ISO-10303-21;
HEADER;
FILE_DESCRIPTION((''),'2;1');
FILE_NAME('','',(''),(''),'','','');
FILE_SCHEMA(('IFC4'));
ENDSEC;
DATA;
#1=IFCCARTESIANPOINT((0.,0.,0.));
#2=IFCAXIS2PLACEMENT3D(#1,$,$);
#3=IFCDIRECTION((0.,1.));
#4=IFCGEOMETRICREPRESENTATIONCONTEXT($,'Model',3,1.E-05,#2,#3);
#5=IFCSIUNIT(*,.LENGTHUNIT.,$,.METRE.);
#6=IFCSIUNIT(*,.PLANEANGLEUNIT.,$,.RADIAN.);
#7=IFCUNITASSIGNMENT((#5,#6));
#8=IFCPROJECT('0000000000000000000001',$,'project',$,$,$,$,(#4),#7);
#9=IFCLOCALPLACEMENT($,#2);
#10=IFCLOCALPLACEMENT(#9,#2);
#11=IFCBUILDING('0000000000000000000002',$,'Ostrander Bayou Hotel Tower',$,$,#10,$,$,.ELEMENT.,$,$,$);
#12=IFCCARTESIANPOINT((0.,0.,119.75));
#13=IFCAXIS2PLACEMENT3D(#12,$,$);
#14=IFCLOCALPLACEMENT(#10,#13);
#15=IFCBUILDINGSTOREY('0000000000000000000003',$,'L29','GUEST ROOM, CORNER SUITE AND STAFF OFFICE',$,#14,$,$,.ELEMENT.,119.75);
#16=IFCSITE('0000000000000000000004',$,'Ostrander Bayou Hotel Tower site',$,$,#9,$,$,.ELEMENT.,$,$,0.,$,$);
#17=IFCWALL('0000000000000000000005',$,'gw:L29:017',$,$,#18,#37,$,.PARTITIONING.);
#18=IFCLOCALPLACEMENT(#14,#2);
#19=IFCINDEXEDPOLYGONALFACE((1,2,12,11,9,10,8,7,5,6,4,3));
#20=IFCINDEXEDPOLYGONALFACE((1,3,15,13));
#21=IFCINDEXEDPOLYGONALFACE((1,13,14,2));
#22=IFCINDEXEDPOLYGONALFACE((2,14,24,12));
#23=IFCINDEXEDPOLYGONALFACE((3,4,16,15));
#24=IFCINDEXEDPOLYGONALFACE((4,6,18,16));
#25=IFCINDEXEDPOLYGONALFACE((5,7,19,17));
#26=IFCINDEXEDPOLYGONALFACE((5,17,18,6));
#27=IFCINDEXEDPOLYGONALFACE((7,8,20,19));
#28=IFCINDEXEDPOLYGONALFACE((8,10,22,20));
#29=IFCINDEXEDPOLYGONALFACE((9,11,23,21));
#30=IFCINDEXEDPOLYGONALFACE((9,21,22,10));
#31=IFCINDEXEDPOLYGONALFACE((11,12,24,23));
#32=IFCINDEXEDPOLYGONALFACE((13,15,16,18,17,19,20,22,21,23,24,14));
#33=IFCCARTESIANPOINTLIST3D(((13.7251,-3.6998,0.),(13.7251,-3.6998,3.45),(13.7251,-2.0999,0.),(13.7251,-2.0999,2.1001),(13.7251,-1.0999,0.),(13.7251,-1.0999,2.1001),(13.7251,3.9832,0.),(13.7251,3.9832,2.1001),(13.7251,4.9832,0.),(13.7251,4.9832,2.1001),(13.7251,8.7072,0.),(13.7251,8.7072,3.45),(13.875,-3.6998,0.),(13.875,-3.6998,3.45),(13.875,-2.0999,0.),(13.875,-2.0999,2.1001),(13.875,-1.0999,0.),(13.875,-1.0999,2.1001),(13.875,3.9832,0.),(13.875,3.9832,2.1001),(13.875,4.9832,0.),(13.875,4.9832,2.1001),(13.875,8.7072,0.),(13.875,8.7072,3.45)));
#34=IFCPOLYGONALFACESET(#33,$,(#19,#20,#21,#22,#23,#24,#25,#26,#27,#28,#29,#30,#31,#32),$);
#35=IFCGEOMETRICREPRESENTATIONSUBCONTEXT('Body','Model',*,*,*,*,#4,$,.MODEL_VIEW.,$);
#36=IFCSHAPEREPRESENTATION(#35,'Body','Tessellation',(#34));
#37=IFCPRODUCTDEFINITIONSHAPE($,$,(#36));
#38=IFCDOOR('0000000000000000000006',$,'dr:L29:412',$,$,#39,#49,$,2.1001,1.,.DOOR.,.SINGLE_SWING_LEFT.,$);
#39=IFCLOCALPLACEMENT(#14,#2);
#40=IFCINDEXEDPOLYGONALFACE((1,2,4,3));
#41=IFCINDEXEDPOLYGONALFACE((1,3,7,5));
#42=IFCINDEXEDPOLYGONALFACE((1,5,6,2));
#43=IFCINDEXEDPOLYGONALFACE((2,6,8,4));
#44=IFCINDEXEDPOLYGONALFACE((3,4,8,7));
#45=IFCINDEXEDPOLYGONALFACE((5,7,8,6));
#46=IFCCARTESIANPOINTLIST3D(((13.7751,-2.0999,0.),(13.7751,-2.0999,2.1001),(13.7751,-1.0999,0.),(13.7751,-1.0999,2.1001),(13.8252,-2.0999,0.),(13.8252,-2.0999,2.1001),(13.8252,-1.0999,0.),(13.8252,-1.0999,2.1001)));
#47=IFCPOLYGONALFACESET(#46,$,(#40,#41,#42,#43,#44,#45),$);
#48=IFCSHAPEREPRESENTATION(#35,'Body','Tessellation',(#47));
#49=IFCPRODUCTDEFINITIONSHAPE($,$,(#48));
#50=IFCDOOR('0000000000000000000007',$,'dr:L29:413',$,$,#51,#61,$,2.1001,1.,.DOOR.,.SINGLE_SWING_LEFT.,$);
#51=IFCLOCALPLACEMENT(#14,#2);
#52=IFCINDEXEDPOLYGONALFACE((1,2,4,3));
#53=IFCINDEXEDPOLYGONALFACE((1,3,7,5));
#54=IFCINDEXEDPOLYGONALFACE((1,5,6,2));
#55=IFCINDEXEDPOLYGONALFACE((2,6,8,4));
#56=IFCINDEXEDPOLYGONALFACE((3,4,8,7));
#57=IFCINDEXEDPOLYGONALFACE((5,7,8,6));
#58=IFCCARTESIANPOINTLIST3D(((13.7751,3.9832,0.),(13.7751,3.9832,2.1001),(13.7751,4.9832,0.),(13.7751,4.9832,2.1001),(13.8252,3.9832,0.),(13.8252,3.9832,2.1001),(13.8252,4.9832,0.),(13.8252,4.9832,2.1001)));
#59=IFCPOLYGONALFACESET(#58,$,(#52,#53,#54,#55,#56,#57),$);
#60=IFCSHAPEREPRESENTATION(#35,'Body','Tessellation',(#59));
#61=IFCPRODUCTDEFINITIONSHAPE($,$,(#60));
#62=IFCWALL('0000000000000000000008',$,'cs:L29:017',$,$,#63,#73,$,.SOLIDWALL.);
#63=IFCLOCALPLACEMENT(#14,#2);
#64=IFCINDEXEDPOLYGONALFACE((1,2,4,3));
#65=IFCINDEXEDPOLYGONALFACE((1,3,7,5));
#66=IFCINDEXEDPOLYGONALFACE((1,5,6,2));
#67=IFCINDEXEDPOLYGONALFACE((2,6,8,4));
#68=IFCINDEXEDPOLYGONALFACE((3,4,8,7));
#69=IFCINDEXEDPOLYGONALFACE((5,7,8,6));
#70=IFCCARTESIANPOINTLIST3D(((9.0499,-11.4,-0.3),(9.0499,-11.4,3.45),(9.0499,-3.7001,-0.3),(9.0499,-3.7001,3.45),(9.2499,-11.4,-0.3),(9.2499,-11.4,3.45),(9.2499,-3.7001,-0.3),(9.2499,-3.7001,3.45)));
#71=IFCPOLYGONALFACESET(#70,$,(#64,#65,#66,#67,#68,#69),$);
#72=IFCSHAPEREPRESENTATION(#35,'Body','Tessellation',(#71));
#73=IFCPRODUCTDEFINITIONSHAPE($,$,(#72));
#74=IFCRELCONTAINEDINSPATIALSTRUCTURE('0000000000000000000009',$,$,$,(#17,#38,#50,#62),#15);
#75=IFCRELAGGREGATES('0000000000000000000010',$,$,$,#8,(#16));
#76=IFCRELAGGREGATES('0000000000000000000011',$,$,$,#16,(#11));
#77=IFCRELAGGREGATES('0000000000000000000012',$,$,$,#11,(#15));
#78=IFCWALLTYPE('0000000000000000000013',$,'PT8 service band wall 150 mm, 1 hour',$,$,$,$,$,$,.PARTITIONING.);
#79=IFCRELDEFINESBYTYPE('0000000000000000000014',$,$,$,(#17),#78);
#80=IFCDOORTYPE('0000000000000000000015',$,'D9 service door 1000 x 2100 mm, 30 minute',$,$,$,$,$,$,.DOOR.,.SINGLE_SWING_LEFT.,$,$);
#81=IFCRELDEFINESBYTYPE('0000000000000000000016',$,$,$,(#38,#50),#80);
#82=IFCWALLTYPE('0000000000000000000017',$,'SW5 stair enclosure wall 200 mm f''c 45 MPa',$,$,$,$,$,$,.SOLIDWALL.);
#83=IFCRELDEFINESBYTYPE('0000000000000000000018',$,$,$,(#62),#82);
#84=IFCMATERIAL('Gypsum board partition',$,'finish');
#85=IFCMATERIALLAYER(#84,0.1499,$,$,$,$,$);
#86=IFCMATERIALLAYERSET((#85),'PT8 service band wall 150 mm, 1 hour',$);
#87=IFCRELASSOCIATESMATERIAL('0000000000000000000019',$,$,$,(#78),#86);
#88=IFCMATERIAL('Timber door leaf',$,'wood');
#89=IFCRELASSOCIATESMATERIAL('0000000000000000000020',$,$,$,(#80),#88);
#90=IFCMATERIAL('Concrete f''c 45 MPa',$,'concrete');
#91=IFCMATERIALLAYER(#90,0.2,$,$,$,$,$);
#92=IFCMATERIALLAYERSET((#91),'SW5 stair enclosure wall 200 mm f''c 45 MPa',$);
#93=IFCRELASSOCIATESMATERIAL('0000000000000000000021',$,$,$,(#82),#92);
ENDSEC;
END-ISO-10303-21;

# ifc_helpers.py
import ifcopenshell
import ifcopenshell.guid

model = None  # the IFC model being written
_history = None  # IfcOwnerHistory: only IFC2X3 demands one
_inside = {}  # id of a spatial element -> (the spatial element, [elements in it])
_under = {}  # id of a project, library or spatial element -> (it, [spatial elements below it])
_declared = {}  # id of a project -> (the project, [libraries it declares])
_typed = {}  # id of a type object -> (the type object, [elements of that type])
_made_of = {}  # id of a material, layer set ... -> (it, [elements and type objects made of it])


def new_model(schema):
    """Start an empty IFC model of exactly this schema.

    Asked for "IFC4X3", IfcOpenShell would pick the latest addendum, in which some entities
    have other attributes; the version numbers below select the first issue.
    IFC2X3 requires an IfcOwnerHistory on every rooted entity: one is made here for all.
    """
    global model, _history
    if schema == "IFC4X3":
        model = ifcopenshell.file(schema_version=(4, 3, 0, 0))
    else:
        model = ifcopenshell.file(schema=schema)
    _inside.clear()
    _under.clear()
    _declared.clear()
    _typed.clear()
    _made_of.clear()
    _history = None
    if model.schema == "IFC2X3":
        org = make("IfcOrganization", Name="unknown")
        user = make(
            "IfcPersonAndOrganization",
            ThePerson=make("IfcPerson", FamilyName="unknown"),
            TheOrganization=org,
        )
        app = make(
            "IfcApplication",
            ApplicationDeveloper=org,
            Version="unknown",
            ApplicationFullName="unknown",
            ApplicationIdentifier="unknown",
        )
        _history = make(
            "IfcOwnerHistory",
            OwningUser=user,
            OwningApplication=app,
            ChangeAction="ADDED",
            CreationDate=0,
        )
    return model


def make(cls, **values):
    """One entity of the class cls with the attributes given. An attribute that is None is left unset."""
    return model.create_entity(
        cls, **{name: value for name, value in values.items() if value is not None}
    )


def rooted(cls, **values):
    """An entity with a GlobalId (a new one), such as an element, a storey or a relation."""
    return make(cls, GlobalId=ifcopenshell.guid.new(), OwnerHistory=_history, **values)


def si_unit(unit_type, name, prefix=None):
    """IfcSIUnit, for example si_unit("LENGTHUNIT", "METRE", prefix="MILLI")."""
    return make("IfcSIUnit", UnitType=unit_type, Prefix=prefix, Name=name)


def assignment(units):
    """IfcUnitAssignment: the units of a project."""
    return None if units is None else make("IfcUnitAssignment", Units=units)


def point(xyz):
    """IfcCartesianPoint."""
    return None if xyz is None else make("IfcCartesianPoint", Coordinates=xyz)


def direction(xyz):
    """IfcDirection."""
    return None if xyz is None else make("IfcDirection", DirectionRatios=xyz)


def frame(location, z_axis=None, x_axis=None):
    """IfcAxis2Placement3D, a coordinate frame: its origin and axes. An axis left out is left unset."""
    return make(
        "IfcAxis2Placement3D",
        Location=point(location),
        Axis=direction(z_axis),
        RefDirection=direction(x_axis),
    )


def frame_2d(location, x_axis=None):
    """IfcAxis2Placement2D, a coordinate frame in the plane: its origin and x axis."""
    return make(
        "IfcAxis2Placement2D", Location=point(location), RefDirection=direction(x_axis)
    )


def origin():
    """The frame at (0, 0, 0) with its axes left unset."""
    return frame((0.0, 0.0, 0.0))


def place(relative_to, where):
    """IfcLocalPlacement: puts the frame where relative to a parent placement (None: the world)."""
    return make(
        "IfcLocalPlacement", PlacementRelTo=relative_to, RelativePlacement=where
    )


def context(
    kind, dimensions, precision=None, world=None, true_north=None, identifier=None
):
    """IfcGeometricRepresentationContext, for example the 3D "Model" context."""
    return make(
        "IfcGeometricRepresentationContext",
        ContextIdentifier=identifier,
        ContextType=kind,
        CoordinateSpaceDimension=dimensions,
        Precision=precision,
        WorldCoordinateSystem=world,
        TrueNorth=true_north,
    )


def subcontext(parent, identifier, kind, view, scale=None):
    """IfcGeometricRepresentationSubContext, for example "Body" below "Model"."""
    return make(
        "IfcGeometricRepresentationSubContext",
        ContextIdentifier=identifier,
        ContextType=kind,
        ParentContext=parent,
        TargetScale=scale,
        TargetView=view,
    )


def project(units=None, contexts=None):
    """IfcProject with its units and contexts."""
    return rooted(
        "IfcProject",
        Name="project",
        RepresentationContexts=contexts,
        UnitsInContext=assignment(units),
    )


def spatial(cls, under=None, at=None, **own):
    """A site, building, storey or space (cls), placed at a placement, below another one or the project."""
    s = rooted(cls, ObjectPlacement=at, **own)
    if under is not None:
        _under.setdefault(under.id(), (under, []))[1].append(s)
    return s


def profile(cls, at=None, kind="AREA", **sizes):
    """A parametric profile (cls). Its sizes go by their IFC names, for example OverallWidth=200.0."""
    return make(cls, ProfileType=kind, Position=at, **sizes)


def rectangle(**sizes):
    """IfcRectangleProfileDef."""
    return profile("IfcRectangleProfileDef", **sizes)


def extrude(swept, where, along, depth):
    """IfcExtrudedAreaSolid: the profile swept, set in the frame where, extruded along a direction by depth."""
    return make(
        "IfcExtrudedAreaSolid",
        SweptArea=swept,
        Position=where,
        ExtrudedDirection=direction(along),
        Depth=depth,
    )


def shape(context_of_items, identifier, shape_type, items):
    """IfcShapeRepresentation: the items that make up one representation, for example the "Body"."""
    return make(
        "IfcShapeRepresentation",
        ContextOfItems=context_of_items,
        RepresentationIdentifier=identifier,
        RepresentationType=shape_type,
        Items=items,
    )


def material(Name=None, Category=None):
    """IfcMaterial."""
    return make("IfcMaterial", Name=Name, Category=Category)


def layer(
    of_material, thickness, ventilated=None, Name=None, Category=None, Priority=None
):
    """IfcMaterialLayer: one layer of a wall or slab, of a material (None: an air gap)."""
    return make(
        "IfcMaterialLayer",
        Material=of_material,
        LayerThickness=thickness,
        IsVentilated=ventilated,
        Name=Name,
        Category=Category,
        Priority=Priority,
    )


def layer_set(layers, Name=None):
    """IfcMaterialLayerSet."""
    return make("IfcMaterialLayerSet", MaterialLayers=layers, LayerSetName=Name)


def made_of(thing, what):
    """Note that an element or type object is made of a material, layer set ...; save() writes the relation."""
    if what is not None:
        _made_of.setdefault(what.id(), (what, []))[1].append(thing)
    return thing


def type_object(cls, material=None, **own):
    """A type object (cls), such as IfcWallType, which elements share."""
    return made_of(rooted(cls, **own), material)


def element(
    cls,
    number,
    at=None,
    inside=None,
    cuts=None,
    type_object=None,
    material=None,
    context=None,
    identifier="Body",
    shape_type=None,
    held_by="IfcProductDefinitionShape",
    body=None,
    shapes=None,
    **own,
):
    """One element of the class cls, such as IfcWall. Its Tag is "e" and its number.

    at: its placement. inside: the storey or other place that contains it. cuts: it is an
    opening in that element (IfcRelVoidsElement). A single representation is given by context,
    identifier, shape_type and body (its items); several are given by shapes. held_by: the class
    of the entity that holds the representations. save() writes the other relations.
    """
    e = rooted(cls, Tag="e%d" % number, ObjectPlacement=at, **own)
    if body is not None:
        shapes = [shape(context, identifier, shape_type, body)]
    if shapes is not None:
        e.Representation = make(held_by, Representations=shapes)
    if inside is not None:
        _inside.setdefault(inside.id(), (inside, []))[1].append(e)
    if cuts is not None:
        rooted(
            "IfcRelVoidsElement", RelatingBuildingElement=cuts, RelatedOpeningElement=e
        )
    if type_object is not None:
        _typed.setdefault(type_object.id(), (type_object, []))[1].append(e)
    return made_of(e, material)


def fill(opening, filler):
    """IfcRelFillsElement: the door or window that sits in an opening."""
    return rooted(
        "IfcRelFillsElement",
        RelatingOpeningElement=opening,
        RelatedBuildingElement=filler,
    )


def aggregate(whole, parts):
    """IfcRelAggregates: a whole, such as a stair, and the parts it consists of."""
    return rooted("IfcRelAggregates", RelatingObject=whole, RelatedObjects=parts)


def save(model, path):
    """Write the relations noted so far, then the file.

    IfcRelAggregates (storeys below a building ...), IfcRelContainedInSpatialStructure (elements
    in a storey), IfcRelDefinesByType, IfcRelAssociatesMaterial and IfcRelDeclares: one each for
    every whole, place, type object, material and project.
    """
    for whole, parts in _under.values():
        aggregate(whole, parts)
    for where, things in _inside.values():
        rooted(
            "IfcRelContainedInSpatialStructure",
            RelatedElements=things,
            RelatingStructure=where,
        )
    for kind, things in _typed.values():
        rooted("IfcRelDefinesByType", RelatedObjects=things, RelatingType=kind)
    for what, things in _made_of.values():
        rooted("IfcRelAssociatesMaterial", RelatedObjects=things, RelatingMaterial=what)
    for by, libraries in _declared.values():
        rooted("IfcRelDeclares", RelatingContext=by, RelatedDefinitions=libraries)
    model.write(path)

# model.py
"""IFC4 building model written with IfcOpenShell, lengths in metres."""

from ifc_helpers import new_model, si_unit, direction, frame, frame_2d, origin, place, context, subcontext, project, spatial, rectangle, extrude, material, layer, layer_set, type_object, element, fill, save


model = new_model("IFC4")

# Units and contexts
model_context = context("Model", 3, precision=1e-05, world=origin(), true_north=direction((0.0, 1.0)))
body_context = subcontext(model_context, "Body", "Model", "MODEL_VIEW")
ifc_project = project(units=[si_unit("LENGTHUNIT", "METRE"), si_unit("PLANEANGLEUNIT", "RADIAN")], contexts=[model_context])

# Site, building, storey
site_placement = place(None, origin())
site = spatial("IfcSite", under=ifc_project, at=site_placement, Name="Ostrander Bayou Hotel Tower site", CompositionType="ELEMENT", RefElevation=0.0)
building_placement = place(site_placement, origin())
building = spatial("IfcBuilding", under=site, at=building_placement, Name="Ostrander Bayou Hotel Tower", CompositionType="ELEMENT")
storey_placement = place(building_placement, frame((0.0, 0.0, 119.75)))
storey = spatial("IfcBuildingStorey", under=building, at=storey_placement, Name="L29", Description="GUEST ROOM, CORNER SUITE AND STAFF OFFICE", CompositionType="ELEMENT", Elevation=119.75)

# Shared definitions
ifc_material_1 = material(Name="Gypsum board partition", Category="finish")
ifc_layer_1 = layer(ifc_material_1, 0.1499)
ifc_layer_set_1 = layer_set([ifc_layer_1], Name="PT8 service band wall 150 mm, 1 hour")
wall_type_1 = type_object("IfcWallType", Name="PT8 service band wall 150 mm, 1 hour", PredefinedType="PARTITIONING", material=ifc_layer_set_1)

# Wall, openings, doors
wall_1_placement = place(storey_placement, frame((13.8, -3.7, 0.0), z_axis=(0.0, 0.0, 1.0), x_axis=(0.0, 1.0, 0.0)))
wall_1 = element("IfcWall", 1, at=wall_1_placement, inside=storey, type_object=wall_type_1, Name="gw:L29:017", PredefinedType="PARTITIONING", context=body_context, shape_type="SweptSolid", body=[
    extrude(rectangle(XDim=12.407, YDim=0.1499, at=frame_2d((6.2036, 0.0))), origin(), (0.0, 0.0, 1.0), 3.45),
])
opening_1_placement = place(wall_1_placement, frame((1.6001, 0.0, 0.0)))
opening_1 = element("IfcOpeningElement", 2, at=opening_1_placement, cuts=wall_1, PredefinedType="OPENING", context=body_context, shape_type="SweptSolid", body=[
    extrude(rectangle(XDim=1.0, YDim=2.1001, at=frame_2d((0.5, 1.05))), frame((0.0, 0.075, 0.0), z_axis=(0.0, -1.0, 0.0), x_axis=(1.0, 0.0, 0.0)), (0.0, 0.0, 1.0), 0.1499),
])
opening_2_placement = place(wall_1_placement, frame((7.6831, 0.0, 0.0)))
opening_2 = element("IfcOpeningElement", 3, at=opening_2_placement, cuts=wall_1, PredefinedType="OPENING", context=body_context, shape_type="SweptSolid", body=[
    extrude(rectangle(XDim=1.0, YDim=2.1001, at=frame_2d((0.5, 1.05))), frame((0.0, 0.075, 0.0), z_axis=(0.0, -1.0, 0.0), x_axis=(1.0, 0.0, 0.0)), (0.0, 0.0, 1.0), 0.1499),
])
ifc_material_2 = material(Name="Timber door leaf", Category="wood")
door_type_1 = type_object("IfcDoorType", Name="D9 service door 1000 x 2100 mm, 30 minute", OperationType="SINGLE_SWING_LEFT", PredefinedType="DOOR", material=ifc_material_2)
door_1_placement = place(opening_1_placement, origin())
door_1 = element("IfcDoor", 4, at=door_1_placement, inside=storey, type_object=door_type_1, Name="dr:L29:412", OperationType="SINGLE_SWING_LEFT", OverallHeight=2.1001, OverallWidth=1.0, PredefinedType="DOOR", context=body_context, shape_type="SweptSolid", body=[
    extrude(rectangle(XDim=1.0, YDim=2.1001, at=frame_2d((0.5, 1.05))), frame((0.0, 0.0249, 0.0), z_axis=(0.0, -1.0, 0.0), x_axis=(1.0, 0.0, 0.0)), (0.0, 0.0, 1.0), 0.05),
])
fill(opening_1, door_1)
door_2_placement = place(opening_2_placement, origin())
door_2 = element("IfcDoor", 5, at=door_2_placement, inside=storey, type_object=door_type_1, Name="dr:L29:413", OperationType="SINGLE_SWING_LEFT", OverallHeight=2.1001, OverallWidth=1.0, PredefinedType="DOOR", context=body_context, shape_type="SweptSolid", body=[
    extrude(rectangle(XDim=1.0, YDim=2.1001, at=frame_2d((0.5, 1.05))), frame((0.0, 0.0249, 0.0), z_axis=(0.0, -1.0, 0.0), x_axis=(1.0, 0.0, 0.0)), (0.0, 0.0, 1.0), 0.05),
])
fill(opening_2, door_2)

# Wall
ifc_material_3 = material(Name="Concrete f'c 45 MPa", Category="concrete")
ifc_layer_2 = layer(ifc_material_3, 0.2)
ifc_layer_set_2 = layer_set([ifc_layer_2], Name="SW5 stair enclosure wall 200 mm f'c 45 MPa")
wall_type_2 = type_object("IfcWallType", Name="SW5 stair enclosure wall 200 mm f'c 45 MPa", PredefinedType="SOLIDWALL", material=ifc_layer_set_2)
wall_2_placement = place(storey_placement, frame((9.1499, -3.7, -0.3), z_axis=(0.0, 0.0, 1.0), x_axis=(0.0, -1.0, 0.0)))
element("IfcWall", 6, at=wall_2_placement, inside=storey, type_object=wall_type_2, Name="cs:L29:017", PredefinedType="SOLIDWALL", context=body_context, shape_type="SweptSolid", body=[
    extrude(rectangle(XDim=7.7, YDim=0.2, at=frame_2d((3.8501, 0.0))), origin(), (0.0, 0.0, 1.0), 3.75),
])

save(model, "model.ifc")
